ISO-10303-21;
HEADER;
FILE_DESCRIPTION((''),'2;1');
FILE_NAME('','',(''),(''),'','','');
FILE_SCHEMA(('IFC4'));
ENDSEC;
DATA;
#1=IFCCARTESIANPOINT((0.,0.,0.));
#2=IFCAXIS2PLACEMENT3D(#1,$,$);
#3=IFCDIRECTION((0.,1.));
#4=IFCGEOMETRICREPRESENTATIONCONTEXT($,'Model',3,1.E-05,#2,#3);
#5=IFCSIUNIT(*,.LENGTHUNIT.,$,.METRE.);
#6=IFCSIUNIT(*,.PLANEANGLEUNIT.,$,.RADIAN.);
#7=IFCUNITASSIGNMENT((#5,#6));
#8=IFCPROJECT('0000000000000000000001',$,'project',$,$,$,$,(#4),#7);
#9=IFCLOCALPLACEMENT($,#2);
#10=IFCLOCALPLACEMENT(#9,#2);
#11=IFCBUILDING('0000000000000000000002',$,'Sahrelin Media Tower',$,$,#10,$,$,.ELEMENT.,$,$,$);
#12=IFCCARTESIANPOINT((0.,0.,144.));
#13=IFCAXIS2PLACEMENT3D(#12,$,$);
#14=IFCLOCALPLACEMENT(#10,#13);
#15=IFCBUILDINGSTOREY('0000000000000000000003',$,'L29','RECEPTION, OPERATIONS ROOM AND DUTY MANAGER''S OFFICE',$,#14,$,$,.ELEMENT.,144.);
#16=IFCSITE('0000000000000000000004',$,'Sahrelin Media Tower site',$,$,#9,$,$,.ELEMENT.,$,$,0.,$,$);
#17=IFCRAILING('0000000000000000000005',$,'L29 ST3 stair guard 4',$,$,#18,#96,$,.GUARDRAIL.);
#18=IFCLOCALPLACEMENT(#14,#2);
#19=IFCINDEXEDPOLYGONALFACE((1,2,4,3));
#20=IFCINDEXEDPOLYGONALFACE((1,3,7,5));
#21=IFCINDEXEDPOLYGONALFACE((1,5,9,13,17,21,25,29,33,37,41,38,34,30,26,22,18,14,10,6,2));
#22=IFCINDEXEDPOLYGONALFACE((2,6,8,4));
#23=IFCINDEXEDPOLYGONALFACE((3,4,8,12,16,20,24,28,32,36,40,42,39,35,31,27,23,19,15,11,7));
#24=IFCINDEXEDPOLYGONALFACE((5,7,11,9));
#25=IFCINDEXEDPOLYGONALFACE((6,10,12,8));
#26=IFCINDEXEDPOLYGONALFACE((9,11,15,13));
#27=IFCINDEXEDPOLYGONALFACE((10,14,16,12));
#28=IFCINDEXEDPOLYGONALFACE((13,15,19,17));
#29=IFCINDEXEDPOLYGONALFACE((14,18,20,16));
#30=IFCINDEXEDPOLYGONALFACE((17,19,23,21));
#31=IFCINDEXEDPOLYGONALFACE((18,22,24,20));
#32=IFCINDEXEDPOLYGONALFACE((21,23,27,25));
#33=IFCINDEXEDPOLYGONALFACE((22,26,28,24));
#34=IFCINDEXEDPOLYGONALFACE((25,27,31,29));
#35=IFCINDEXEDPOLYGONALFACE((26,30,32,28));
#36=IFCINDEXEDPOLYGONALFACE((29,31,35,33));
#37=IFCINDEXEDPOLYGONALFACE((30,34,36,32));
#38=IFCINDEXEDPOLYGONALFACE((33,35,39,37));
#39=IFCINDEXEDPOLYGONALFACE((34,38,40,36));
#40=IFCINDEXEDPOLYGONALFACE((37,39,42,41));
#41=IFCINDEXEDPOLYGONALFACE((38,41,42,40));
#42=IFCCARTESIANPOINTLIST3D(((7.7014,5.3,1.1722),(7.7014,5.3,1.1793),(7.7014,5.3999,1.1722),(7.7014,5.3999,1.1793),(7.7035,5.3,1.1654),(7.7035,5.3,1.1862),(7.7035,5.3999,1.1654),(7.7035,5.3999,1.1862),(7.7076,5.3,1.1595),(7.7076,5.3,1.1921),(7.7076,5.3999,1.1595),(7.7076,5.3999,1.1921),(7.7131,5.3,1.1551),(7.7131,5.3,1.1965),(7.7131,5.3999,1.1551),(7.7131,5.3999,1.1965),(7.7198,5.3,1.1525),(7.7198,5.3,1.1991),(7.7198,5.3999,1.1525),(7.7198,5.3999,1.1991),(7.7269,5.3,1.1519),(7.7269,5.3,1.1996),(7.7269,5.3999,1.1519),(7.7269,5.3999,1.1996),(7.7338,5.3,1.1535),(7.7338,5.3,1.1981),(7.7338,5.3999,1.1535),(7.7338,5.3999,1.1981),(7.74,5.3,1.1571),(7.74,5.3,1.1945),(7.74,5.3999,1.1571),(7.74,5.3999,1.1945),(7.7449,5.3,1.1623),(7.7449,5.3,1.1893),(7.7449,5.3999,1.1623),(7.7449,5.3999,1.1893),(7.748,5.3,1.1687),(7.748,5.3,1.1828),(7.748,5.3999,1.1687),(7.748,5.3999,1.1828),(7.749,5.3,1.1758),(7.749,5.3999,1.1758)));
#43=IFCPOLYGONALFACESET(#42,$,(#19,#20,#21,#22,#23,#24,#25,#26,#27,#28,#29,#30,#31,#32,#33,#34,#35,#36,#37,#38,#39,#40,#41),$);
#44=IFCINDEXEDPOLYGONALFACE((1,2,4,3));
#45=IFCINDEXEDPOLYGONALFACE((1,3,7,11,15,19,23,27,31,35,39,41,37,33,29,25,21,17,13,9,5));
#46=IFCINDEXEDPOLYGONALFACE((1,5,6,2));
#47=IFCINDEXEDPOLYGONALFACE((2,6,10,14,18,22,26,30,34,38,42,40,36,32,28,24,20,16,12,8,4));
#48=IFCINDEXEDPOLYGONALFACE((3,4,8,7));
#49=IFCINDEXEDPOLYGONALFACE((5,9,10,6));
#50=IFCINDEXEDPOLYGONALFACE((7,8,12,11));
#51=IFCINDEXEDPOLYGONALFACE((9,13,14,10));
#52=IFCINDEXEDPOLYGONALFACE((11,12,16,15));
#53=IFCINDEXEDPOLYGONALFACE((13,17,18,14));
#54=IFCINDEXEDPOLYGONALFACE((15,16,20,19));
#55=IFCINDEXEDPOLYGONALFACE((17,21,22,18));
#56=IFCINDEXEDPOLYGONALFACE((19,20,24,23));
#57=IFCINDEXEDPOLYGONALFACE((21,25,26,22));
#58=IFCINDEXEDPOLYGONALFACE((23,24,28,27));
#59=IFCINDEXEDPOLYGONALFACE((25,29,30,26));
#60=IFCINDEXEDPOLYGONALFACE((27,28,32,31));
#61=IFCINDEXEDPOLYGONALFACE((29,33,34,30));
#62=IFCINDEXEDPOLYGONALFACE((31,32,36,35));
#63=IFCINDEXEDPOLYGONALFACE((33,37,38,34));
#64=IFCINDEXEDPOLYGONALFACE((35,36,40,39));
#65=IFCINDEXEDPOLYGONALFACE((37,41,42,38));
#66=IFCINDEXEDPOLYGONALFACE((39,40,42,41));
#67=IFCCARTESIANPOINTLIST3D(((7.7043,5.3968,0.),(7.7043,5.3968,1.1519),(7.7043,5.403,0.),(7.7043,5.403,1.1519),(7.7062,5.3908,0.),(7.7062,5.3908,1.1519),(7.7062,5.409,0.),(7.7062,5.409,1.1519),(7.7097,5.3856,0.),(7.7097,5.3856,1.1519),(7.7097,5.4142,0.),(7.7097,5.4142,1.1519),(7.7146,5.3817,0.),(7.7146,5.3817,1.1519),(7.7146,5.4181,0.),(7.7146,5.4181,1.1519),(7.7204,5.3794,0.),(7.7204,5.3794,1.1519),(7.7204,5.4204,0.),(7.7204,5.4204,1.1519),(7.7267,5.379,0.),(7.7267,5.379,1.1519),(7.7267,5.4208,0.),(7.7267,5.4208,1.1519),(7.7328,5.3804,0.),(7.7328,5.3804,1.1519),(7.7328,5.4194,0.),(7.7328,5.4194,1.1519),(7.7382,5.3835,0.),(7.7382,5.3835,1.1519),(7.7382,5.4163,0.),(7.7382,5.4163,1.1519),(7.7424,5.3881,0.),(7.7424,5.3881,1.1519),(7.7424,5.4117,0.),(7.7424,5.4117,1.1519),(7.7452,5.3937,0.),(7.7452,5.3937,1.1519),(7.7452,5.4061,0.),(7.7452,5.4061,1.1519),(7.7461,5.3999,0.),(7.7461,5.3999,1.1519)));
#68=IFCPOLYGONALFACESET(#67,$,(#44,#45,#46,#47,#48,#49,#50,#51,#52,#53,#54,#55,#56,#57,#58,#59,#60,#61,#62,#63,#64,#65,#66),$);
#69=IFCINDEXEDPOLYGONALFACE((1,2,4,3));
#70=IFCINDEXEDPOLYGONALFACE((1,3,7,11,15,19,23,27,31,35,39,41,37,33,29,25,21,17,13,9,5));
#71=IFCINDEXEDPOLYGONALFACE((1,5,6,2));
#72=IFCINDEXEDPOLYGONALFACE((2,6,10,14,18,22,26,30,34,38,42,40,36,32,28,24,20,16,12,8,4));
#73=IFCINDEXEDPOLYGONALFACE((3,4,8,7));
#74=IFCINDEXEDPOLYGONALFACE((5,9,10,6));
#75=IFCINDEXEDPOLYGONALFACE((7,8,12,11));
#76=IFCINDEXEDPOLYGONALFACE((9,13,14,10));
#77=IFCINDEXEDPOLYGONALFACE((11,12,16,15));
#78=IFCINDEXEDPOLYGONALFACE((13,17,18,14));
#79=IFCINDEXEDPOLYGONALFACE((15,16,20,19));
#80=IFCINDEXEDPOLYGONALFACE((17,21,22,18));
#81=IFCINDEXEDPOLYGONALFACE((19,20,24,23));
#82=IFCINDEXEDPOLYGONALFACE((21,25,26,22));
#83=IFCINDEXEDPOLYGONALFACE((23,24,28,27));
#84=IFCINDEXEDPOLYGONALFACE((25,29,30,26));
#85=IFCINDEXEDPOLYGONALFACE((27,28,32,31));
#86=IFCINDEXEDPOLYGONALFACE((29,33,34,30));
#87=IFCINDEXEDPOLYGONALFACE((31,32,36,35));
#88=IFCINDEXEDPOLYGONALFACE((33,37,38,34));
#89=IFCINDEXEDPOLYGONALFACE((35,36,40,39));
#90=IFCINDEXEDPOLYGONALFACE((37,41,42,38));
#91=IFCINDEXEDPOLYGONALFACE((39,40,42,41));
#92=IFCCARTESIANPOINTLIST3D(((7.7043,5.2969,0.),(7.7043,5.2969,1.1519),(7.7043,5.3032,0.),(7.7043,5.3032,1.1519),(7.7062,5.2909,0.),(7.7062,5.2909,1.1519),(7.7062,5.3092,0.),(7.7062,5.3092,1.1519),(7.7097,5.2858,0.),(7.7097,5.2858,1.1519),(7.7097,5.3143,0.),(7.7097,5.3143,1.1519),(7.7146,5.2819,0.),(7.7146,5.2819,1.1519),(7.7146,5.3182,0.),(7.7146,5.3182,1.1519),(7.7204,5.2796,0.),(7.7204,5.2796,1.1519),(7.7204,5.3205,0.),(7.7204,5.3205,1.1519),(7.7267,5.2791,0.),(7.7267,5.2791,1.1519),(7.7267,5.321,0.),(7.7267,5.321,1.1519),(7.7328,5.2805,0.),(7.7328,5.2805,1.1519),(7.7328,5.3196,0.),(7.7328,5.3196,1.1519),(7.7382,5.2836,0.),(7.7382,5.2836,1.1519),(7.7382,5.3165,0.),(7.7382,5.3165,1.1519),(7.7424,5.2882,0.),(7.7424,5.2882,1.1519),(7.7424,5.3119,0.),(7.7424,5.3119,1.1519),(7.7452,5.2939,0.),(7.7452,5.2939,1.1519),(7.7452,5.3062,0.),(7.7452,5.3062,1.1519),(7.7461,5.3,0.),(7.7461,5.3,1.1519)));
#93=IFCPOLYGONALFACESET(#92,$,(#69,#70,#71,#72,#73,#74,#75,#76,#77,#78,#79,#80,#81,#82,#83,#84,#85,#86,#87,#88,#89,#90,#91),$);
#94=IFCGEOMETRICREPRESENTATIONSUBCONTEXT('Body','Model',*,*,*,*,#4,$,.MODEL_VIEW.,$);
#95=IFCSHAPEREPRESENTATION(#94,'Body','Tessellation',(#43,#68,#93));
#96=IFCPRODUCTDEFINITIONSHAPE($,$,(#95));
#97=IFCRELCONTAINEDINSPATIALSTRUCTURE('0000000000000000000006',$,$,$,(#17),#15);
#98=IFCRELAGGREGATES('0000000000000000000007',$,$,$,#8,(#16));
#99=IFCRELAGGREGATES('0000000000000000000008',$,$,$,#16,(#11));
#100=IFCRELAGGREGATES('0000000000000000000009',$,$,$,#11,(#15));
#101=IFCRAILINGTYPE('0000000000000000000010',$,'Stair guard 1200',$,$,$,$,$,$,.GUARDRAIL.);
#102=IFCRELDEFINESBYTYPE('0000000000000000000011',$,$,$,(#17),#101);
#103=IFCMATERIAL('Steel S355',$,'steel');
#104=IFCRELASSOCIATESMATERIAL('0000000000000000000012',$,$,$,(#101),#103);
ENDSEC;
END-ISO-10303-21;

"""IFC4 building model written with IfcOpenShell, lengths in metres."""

from ifc_helpers import new_model, si_unit, direction, frame, origin, origin_2d, place, context, subcontext, project, spatial, circle, extrude, material, type_object, element, save


model = new_model("IFC4")

# Units and contexts
model_context = context("Model", 3, precision=1e-05, world=origin(), true_north=direction((0.0, 1.0)))
body_context = subcontext(model_context, "Body", "Model", "MODEL_VIEW")
ifc_project = project(units=[si_unit("LENGTHUNIT", "METRE"), si_unit("PLANEANGLEUNIT", "RADIAN")], contexts=[model_context])

# Site, building, storey
site_placement = place(None, origin())
site = spatial("IfcSite", under=ifc_project, at=site_placement, Name="Sahrelin Media Tower site", CompositionType="ELEMENT", RefElevation=0.0)
building_placement = place(site_placement, origin())
building = spatial("IfcBuilding", under=site, at=building_placement, Name="Sahrelin Media Tower", CompositionType="ELEMENT")
storey_placement = place(building_placement, frame((0.0, 0.0, 144.0)))
storey = spatial("IfcBuildingStorey", under=building, at=storey_placement, Name="L29", Description="RECEPTION, OPERATIONS ROOM AND DUTY MANAGER'S OFFICE", CompositionType="ELEMENT", Elevation=144.0)

# Shared definitions
ifc_material_1 = material(Name="Steel S355", Category="steel")

# Railing
railing_type_1 = type_object("IfcRailingType", Name="Stair guard 1200", PredefinedType="GUARDRAIL", material=ifc_material_1)
railing_1_placement = place(storey_placement, frame((7.7251, 5.3999, 0.0)))
element("IfcRailing", 1, at=railing_1_placement, inside=storey, type_object=railing_type_1, Name="L29 ST3 stair guard 4", PredefinedType="GUARDRAIL", context=body_context, shape_type="SweptSolid", body=[
    extrude(circle(Radius=0.0239, at=origin_2d()), frame((0.0, 0.0, 1.1758), z_axis=(0.0, -1.0, 0.0), x_axis=(1.0, 0.0, 0.0)), (0.0, 0.0, 1.0), 0.0999),
    extrude(circle(Radius=0.021, at=origin_2d()), origin(), (0.0, 0.0, 1.0), 1.1519),
    extrude(circle(Radius=0.021, at=origin_2d()), frame((0.0, -0.0999, 0.0)), (0.0, 0.0, 1.0), 1.1519),
])

save(model, "model.ifc")
